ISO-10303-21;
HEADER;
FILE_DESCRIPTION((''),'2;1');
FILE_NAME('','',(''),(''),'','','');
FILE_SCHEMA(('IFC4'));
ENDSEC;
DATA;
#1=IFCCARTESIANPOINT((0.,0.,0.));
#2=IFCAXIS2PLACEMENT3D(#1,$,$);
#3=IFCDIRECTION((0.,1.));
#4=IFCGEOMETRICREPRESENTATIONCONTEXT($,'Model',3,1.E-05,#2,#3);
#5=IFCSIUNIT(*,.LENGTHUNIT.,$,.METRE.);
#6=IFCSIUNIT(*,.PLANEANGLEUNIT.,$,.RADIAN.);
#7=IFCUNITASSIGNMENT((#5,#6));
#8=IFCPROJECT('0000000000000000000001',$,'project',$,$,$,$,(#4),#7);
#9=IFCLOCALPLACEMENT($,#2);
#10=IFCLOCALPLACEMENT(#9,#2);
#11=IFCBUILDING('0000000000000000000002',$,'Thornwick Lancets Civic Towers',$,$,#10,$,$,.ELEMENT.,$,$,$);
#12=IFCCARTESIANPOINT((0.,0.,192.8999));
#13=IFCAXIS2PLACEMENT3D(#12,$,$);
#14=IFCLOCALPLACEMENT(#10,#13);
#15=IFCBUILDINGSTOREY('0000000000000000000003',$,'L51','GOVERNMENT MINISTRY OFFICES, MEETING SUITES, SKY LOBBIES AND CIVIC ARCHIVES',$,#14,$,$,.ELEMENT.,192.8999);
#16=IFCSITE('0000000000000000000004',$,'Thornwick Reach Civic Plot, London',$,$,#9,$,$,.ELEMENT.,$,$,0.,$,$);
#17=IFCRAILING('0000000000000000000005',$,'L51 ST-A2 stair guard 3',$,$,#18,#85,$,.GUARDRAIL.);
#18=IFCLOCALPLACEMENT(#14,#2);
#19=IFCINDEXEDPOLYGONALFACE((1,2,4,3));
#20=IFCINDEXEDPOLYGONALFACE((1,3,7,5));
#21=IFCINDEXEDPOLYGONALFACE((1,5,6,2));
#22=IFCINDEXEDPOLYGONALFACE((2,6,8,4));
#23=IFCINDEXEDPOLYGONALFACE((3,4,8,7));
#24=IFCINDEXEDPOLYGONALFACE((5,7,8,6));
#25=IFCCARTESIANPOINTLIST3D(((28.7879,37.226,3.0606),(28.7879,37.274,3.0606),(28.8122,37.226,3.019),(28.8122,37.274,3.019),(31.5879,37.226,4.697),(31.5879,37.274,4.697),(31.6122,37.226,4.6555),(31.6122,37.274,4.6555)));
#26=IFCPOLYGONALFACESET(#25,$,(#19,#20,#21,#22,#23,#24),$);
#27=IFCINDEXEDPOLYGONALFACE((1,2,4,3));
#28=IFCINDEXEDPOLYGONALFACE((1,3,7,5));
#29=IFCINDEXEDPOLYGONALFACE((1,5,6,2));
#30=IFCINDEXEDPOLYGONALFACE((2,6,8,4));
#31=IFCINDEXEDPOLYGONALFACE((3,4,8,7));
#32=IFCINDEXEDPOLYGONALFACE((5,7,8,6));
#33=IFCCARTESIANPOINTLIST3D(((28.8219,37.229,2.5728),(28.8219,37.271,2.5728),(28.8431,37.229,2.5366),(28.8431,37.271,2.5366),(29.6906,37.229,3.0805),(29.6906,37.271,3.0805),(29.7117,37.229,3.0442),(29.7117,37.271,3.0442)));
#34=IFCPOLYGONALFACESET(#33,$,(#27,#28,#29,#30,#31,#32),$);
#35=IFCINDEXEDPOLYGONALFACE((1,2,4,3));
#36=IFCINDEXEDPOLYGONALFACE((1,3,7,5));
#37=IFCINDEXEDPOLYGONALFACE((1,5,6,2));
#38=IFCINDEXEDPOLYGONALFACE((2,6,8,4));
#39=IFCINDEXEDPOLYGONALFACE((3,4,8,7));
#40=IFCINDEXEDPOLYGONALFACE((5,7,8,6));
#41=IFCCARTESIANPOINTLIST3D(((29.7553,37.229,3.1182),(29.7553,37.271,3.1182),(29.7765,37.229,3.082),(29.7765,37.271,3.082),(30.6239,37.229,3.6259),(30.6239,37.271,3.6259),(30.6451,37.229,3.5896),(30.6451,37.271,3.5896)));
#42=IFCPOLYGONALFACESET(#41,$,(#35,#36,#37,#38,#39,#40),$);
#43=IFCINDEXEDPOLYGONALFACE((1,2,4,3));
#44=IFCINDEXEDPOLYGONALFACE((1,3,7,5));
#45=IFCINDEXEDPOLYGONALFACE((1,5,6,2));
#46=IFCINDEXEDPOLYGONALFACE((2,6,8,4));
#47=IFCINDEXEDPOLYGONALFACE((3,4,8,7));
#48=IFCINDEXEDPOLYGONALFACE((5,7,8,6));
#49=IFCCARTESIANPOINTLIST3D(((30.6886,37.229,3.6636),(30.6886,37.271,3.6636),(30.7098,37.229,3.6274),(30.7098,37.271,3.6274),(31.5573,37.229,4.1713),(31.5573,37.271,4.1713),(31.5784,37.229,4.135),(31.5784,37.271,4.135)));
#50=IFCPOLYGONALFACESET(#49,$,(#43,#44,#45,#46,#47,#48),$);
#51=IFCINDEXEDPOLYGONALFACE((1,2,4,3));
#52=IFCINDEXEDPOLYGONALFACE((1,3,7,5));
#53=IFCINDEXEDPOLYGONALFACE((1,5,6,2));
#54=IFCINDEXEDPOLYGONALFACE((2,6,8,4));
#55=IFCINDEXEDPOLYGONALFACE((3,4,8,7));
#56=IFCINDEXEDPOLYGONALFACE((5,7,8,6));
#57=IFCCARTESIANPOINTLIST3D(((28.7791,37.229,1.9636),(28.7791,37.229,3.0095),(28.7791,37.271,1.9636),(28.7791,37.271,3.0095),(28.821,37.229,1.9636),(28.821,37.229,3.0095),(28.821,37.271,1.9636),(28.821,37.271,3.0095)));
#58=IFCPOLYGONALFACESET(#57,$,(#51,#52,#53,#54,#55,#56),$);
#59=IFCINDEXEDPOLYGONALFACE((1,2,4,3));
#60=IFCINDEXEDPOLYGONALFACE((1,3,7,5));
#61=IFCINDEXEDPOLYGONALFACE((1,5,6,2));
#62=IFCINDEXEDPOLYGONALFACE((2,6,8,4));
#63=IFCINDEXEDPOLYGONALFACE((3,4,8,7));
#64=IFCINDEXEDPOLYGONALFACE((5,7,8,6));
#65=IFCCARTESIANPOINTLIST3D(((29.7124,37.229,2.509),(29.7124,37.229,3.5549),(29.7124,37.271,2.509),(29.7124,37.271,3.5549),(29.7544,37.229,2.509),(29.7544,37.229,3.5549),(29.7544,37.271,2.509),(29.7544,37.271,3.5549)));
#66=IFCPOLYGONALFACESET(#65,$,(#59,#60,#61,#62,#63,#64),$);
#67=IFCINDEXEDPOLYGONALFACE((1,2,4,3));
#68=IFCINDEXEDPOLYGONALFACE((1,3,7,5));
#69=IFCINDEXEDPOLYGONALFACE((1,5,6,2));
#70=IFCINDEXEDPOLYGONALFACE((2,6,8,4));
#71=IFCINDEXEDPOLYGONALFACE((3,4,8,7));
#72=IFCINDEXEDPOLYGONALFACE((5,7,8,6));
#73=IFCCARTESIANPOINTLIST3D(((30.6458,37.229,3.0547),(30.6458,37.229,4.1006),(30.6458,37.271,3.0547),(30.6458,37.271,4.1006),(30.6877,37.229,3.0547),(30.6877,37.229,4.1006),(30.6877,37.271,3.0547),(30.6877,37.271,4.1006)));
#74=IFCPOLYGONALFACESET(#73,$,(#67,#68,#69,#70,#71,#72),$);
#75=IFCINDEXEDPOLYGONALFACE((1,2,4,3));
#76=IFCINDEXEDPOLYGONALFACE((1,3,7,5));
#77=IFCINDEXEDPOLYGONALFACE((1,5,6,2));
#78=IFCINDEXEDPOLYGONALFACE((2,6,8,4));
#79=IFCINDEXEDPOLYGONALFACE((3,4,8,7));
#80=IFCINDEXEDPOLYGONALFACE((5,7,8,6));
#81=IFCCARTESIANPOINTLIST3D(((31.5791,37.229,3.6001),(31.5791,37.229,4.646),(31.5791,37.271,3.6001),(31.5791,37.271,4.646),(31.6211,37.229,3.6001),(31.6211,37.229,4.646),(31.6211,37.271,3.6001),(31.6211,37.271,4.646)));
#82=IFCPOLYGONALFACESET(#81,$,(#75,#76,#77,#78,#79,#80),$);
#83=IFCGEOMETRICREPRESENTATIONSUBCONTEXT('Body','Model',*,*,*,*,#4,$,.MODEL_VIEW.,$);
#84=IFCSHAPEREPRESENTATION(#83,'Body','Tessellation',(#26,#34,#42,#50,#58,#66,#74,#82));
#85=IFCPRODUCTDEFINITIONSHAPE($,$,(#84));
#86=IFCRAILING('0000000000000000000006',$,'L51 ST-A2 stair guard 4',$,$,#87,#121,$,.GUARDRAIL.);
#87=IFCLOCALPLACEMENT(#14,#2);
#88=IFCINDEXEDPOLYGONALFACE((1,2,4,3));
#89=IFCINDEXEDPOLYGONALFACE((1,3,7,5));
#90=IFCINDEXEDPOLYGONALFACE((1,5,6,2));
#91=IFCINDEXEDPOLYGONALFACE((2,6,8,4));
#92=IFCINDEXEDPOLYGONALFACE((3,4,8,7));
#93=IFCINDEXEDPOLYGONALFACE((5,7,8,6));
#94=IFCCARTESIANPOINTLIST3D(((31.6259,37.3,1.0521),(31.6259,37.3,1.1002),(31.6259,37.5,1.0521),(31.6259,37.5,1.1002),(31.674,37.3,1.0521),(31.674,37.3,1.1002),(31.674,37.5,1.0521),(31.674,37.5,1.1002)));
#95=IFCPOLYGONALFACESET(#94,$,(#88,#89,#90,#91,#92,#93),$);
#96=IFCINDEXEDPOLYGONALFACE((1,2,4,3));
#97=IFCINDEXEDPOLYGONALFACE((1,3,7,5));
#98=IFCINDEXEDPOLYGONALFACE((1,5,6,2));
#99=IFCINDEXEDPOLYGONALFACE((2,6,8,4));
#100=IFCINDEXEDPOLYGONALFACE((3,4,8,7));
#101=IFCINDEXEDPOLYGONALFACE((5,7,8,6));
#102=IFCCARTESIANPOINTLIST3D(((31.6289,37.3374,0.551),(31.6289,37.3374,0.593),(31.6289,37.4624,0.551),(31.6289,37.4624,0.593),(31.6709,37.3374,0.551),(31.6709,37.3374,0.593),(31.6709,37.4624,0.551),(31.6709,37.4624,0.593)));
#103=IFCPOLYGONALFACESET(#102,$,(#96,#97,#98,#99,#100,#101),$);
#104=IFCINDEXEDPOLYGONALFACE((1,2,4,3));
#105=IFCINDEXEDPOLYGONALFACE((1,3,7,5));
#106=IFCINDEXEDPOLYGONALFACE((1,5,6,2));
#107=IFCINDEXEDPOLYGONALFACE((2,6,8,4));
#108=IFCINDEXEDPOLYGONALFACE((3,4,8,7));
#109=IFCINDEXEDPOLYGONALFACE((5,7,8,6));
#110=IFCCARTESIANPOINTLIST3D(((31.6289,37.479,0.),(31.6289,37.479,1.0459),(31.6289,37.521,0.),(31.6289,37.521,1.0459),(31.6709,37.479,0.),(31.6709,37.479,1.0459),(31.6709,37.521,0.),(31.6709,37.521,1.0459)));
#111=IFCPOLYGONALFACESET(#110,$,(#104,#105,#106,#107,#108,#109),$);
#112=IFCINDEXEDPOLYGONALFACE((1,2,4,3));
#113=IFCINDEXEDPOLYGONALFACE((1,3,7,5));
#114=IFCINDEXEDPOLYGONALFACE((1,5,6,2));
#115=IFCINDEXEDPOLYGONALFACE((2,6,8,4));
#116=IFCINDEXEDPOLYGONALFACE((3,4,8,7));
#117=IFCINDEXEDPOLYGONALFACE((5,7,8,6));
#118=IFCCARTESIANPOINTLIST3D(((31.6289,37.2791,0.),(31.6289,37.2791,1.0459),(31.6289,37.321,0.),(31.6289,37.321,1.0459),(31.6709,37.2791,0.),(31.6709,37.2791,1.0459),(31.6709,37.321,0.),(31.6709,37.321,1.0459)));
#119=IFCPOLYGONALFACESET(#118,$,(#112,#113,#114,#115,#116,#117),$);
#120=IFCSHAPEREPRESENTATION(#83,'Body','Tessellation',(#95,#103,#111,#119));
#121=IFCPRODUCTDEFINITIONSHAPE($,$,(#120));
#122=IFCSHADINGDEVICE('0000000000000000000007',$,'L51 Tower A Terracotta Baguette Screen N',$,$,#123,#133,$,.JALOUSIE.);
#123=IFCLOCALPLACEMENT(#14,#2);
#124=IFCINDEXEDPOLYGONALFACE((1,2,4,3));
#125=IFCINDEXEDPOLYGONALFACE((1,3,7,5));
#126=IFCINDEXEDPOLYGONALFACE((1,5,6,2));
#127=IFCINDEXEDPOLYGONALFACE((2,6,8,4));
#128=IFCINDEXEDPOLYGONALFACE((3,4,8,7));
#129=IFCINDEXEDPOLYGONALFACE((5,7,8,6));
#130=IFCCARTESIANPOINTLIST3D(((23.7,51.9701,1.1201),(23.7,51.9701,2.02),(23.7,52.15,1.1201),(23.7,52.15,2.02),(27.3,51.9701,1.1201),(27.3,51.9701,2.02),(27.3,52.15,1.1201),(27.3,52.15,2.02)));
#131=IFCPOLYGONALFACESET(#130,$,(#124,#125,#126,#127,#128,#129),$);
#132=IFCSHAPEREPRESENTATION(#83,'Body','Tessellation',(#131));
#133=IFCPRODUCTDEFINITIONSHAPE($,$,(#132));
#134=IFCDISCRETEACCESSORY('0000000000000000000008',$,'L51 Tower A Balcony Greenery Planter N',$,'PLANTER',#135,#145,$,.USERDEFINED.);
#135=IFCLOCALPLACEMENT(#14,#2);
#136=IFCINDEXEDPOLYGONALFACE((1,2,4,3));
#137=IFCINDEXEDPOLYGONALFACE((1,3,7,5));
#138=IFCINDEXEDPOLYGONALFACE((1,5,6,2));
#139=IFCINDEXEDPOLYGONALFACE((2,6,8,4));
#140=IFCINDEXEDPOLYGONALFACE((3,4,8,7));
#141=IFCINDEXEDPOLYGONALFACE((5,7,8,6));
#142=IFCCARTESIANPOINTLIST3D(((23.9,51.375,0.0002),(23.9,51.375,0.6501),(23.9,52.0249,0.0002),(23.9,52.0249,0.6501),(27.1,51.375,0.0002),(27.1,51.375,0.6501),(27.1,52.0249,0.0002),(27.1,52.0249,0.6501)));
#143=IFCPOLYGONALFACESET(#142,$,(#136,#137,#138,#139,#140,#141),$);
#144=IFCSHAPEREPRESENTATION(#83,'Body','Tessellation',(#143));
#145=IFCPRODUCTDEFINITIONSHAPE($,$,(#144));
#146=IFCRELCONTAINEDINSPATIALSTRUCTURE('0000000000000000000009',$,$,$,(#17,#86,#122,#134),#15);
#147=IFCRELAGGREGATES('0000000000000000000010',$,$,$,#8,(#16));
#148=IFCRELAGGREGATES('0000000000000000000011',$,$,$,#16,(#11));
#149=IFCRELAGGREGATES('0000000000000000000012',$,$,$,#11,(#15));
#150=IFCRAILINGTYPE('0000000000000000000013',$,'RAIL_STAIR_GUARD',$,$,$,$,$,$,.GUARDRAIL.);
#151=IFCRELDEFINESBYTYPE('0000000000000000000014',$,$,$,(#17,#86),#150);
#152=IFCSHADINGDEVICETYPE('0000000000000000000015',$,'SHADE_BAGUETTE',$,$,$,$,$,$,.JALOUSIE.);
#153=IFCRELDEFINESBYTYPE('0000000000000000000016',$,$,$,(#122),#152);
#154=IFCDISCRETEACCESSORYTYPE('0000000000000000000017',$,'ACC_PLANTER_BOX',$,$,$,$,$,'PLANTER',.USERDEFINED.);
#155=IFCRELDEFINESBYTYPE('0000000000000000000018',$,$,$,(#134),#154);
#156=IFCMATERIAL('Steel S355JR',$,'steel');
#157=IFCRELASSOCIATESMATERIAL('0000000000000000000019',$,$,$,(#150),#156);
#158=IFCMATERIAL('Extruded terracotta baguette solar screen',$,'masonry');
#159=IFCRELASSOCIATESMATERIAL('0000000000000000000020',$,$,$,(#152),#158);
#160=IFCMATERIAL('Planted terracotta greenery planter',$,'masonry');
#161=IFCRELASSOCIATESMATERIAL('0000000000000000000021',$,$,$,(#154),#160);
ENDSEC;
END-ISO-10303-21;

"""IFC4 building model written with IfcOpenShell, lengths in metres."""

from ifc_helpers import new_model, si_unit, direction, frame, origin, origin_2d, place, context, subcontext, project, spatial, rectangle, extrude, material, type_object, element, save


model = new_model("IFC4")

# Units and contexts
model_context = context("Model", 3, precision=1e-05, world=origin(), true_north=direction((0.0, 1.0)))
body_context = subcontext(model_context, "Body", "Model", "MODEL_VIEW")
ifc_project = project(units=[si_unit("LENGTHUNIT", "METRE"), si_unit("PLANEANGLEUNIT", "RADIAN")], contexts=[model_context])

# Site, building, storey
site_placement = place(None, origin())
site = spatial("IfcSite", under=ifc_project, at=site_placement, Name="Thornwick Reach Civic Plot, London", CompositionType="ELEMENT", RefElevation=0.0)
building_placement = place(site_placement, origin())
building = spatial("IfcBuilding", under=site, at=building_placement, Name="Thornwick Lancets Civic Towers", CompositionType="ELEMENT")
storey_placement = place(building_placement, frame((0.0, 0.0, 192.8999)))
storey = spatial("IfcBuildingStorey", under=building, at=storey_placement, Name="L51", Description="GOVERNMENT MINISTRY OFFICES, MEETING SUITES, SKY LOBBIES AND CIVIC ARCHIVES", CompositionType="ELEMENT", Elevation=192.8999)

# Shared definitions
ifc_material_1 = material(Name="Steel S355JR", Category="steel")

# Railings
railing_type_1 = type_object("IfcRailingType", Name="RAIL_STAIR_GUARD", PredefinedType="GUARDRAIL", material=ifc_material_1)
railing_1_placement = place(storey_placement, frame((28.8, 37.25, 1.9636)))
element("IfcRailing", 1, at=railing_1_placement, inside=storey, type_object=railing_type_1, Name="L51 ST-A2 stair guard 3", PredefinedType="GUARDRAIL", context=body_context, shape_type="SweptSolid", body=[
    extrude(rectangle(XDim=0.0481, YDim=0.0481, at=origin_2d()), frame((0.0, 0.0, 1.0762), z_axis=(0.863361, 0.0, 0.504587), x_axis=(0.0, 1.0, 0.0)), (0.0, 0.0, 1.0), 3.2432),
    extrude(rectangle(XDim=0.042, YDim=0.042, at=origin_2d()), frame((0.0325, 0.0, 0.5911), z_axis=(0.863361, 0.0, 0.504587), x_axis=(0.0, 1.0, 0.0)), (0.0, 0.0, 1.0), 1.0061),
    extrude(rectangle(XDim=0.042, YDim=0.042, at=origin_2d()), frame((0.9658, 0.0, 1.1365), z_axis=(0.863361, 0.0, 0.504587), x_axis=(0.0, 1.0, 0.0)), (0.0, 0.0, 1.0), 1.0061),
    extrude(rectangle(XDim=0.042, YDim=0.042, at=origin_2d()), frame((1.8992, 0.0, 1.6819), z_axis=(0.863361, 0.0, 0.504587), x_axis=(0.0, 1.0, 0.0)), (0.0, 0.0, 1.0), 1.0061),
    extrude(rectangle(XDim=0.042, YDim=0.042, at=origin_2d()), origin(), (0.0, 0.0, 1.0), 1.0459),
    extrude(rectangle(XDim=0.042, YDim=0.042, at=origin_2d()), frame((0.9333, 0.0, 0.5454)), (0.0, 0.0, 1.0), 1.0459),
    extrude(rectangle(XDim=0.042, YDim=0.042, at=origin_2d()), frame((1.8667, 0.0, 1.0911)), (0.0, 0.0, 1.0), 1.0459),
    extrude(rectangle(XDim=0.042, YDim=0.042, at=origin_2d()), frame((2.8, 0.0, 1.6365)), (0.0, 0.0, 1.0), 1.0459),
])
railing_2_placement = place(storey_placement, frame((31.6499, 37.5, 0.0)))
element("IfcRailing", 2, at=railing_2_placement, inside=storey, type_object=railing_type_1, Name="L51 ST-A2 stair guard 4", PredefinedType="GUARDRAIL", context=body_context, shape_type="SweptSolid", body=[
    extrude(rectangle(XDim=0.0481, YDim=0.0481, at=origin_2d()), frame((0.0, 0.0, 1.0762), z_axis=(0.0, -1.0, 0.0), x_axis=(1.0, 0.0, 0.0)), (0.0, 0.0, 1.0), 0.2),
    extrude(rectangle(XDim=0.042, YDim=0.042, at=origin_2d()), frame((0.0, -0.0376, 0.572), z_axis=(0.0, -1.0, 0.0), x_axis=(1.0, 0.0, 0.0)), (0.0, 0.0, 1.0), 0.125),
    extrude(rectangle(XDim=0.042, YDim=0.042, at=origin_2d()), origin(), (0.0, 0.0, 1.0), 1.0459),
    extrude(rectangle(XDim=0.042, YDim=0.042, at=origin_2d()), frame((0.0, -0.2, 0.0)), (0.0, 0.0, 1.0), 1.0459),
])

# Shading device
ifc_material_2 = material(Name="Extruded terracotta baguette solar screen", Category="masonry")
shading_device_type = type_object("IfcShadingDeviceType", Name="SHADE_BAGUETTE", PredefinedType="JALOUSIE", material=ifc_material_2)
shading_device_placement = place(storey_placement, frame((25.5, 52.0601, 1.1201), z_axis=(0.0, 0.0, 1.0), x_axis=(1.0, 0.0, 0.0)))
element("IfcShadingDevice", 3, at=shading_device_placement, inside=storey, type_object=shading_device_type, Name="L51 Tower A Terracotta Baguette Screen N", PredefinedType="JALOUSIE", context=body_context, shape_type="SweptSolid", body=[
    extrude(rectangle(XDim=3.6001, YDim=0.1799, at=origin_2d()), origin(), (0.0, 0.0, 1.0), 0.8999),
])

# Discrete accessory
ifc_material_3 = material(Name="Planted terracotta greenery planter", Category="masonry")
discrete_accessory_type = type_object("IfcDiscreteAccessoryType", Name="ACC_PLANTER_BOX", ElementType="PLANTER", PredefinedType="USERDEFINED", material=ifc_material_3)
discrete_accessory_placement = place(storey_placement, frame((25.5, 51.7, 0.0002), z_axis=(0.0, 0.0, 1.0), x_axis=(1.0, 0.0, 0.0)))
element("IfcDiscreteAccessory", 4, at=discrete_accessory_placement, inside=storey, type_object=discrete_accessory_type, Name="L51 Tower A Balcony Greenery Planter N", ObjectType="PLANTER", PredefinedType="USERDEFINED", context=body_context, shape_type="SweptSolid", body=[
    extrude(rectangle(XDim=3.2, YDim=0.6499, at=origin_2d()), origin(), (0.0, 0.0, 1.0), 0.6499),
])

save(model, "model.ifc")
